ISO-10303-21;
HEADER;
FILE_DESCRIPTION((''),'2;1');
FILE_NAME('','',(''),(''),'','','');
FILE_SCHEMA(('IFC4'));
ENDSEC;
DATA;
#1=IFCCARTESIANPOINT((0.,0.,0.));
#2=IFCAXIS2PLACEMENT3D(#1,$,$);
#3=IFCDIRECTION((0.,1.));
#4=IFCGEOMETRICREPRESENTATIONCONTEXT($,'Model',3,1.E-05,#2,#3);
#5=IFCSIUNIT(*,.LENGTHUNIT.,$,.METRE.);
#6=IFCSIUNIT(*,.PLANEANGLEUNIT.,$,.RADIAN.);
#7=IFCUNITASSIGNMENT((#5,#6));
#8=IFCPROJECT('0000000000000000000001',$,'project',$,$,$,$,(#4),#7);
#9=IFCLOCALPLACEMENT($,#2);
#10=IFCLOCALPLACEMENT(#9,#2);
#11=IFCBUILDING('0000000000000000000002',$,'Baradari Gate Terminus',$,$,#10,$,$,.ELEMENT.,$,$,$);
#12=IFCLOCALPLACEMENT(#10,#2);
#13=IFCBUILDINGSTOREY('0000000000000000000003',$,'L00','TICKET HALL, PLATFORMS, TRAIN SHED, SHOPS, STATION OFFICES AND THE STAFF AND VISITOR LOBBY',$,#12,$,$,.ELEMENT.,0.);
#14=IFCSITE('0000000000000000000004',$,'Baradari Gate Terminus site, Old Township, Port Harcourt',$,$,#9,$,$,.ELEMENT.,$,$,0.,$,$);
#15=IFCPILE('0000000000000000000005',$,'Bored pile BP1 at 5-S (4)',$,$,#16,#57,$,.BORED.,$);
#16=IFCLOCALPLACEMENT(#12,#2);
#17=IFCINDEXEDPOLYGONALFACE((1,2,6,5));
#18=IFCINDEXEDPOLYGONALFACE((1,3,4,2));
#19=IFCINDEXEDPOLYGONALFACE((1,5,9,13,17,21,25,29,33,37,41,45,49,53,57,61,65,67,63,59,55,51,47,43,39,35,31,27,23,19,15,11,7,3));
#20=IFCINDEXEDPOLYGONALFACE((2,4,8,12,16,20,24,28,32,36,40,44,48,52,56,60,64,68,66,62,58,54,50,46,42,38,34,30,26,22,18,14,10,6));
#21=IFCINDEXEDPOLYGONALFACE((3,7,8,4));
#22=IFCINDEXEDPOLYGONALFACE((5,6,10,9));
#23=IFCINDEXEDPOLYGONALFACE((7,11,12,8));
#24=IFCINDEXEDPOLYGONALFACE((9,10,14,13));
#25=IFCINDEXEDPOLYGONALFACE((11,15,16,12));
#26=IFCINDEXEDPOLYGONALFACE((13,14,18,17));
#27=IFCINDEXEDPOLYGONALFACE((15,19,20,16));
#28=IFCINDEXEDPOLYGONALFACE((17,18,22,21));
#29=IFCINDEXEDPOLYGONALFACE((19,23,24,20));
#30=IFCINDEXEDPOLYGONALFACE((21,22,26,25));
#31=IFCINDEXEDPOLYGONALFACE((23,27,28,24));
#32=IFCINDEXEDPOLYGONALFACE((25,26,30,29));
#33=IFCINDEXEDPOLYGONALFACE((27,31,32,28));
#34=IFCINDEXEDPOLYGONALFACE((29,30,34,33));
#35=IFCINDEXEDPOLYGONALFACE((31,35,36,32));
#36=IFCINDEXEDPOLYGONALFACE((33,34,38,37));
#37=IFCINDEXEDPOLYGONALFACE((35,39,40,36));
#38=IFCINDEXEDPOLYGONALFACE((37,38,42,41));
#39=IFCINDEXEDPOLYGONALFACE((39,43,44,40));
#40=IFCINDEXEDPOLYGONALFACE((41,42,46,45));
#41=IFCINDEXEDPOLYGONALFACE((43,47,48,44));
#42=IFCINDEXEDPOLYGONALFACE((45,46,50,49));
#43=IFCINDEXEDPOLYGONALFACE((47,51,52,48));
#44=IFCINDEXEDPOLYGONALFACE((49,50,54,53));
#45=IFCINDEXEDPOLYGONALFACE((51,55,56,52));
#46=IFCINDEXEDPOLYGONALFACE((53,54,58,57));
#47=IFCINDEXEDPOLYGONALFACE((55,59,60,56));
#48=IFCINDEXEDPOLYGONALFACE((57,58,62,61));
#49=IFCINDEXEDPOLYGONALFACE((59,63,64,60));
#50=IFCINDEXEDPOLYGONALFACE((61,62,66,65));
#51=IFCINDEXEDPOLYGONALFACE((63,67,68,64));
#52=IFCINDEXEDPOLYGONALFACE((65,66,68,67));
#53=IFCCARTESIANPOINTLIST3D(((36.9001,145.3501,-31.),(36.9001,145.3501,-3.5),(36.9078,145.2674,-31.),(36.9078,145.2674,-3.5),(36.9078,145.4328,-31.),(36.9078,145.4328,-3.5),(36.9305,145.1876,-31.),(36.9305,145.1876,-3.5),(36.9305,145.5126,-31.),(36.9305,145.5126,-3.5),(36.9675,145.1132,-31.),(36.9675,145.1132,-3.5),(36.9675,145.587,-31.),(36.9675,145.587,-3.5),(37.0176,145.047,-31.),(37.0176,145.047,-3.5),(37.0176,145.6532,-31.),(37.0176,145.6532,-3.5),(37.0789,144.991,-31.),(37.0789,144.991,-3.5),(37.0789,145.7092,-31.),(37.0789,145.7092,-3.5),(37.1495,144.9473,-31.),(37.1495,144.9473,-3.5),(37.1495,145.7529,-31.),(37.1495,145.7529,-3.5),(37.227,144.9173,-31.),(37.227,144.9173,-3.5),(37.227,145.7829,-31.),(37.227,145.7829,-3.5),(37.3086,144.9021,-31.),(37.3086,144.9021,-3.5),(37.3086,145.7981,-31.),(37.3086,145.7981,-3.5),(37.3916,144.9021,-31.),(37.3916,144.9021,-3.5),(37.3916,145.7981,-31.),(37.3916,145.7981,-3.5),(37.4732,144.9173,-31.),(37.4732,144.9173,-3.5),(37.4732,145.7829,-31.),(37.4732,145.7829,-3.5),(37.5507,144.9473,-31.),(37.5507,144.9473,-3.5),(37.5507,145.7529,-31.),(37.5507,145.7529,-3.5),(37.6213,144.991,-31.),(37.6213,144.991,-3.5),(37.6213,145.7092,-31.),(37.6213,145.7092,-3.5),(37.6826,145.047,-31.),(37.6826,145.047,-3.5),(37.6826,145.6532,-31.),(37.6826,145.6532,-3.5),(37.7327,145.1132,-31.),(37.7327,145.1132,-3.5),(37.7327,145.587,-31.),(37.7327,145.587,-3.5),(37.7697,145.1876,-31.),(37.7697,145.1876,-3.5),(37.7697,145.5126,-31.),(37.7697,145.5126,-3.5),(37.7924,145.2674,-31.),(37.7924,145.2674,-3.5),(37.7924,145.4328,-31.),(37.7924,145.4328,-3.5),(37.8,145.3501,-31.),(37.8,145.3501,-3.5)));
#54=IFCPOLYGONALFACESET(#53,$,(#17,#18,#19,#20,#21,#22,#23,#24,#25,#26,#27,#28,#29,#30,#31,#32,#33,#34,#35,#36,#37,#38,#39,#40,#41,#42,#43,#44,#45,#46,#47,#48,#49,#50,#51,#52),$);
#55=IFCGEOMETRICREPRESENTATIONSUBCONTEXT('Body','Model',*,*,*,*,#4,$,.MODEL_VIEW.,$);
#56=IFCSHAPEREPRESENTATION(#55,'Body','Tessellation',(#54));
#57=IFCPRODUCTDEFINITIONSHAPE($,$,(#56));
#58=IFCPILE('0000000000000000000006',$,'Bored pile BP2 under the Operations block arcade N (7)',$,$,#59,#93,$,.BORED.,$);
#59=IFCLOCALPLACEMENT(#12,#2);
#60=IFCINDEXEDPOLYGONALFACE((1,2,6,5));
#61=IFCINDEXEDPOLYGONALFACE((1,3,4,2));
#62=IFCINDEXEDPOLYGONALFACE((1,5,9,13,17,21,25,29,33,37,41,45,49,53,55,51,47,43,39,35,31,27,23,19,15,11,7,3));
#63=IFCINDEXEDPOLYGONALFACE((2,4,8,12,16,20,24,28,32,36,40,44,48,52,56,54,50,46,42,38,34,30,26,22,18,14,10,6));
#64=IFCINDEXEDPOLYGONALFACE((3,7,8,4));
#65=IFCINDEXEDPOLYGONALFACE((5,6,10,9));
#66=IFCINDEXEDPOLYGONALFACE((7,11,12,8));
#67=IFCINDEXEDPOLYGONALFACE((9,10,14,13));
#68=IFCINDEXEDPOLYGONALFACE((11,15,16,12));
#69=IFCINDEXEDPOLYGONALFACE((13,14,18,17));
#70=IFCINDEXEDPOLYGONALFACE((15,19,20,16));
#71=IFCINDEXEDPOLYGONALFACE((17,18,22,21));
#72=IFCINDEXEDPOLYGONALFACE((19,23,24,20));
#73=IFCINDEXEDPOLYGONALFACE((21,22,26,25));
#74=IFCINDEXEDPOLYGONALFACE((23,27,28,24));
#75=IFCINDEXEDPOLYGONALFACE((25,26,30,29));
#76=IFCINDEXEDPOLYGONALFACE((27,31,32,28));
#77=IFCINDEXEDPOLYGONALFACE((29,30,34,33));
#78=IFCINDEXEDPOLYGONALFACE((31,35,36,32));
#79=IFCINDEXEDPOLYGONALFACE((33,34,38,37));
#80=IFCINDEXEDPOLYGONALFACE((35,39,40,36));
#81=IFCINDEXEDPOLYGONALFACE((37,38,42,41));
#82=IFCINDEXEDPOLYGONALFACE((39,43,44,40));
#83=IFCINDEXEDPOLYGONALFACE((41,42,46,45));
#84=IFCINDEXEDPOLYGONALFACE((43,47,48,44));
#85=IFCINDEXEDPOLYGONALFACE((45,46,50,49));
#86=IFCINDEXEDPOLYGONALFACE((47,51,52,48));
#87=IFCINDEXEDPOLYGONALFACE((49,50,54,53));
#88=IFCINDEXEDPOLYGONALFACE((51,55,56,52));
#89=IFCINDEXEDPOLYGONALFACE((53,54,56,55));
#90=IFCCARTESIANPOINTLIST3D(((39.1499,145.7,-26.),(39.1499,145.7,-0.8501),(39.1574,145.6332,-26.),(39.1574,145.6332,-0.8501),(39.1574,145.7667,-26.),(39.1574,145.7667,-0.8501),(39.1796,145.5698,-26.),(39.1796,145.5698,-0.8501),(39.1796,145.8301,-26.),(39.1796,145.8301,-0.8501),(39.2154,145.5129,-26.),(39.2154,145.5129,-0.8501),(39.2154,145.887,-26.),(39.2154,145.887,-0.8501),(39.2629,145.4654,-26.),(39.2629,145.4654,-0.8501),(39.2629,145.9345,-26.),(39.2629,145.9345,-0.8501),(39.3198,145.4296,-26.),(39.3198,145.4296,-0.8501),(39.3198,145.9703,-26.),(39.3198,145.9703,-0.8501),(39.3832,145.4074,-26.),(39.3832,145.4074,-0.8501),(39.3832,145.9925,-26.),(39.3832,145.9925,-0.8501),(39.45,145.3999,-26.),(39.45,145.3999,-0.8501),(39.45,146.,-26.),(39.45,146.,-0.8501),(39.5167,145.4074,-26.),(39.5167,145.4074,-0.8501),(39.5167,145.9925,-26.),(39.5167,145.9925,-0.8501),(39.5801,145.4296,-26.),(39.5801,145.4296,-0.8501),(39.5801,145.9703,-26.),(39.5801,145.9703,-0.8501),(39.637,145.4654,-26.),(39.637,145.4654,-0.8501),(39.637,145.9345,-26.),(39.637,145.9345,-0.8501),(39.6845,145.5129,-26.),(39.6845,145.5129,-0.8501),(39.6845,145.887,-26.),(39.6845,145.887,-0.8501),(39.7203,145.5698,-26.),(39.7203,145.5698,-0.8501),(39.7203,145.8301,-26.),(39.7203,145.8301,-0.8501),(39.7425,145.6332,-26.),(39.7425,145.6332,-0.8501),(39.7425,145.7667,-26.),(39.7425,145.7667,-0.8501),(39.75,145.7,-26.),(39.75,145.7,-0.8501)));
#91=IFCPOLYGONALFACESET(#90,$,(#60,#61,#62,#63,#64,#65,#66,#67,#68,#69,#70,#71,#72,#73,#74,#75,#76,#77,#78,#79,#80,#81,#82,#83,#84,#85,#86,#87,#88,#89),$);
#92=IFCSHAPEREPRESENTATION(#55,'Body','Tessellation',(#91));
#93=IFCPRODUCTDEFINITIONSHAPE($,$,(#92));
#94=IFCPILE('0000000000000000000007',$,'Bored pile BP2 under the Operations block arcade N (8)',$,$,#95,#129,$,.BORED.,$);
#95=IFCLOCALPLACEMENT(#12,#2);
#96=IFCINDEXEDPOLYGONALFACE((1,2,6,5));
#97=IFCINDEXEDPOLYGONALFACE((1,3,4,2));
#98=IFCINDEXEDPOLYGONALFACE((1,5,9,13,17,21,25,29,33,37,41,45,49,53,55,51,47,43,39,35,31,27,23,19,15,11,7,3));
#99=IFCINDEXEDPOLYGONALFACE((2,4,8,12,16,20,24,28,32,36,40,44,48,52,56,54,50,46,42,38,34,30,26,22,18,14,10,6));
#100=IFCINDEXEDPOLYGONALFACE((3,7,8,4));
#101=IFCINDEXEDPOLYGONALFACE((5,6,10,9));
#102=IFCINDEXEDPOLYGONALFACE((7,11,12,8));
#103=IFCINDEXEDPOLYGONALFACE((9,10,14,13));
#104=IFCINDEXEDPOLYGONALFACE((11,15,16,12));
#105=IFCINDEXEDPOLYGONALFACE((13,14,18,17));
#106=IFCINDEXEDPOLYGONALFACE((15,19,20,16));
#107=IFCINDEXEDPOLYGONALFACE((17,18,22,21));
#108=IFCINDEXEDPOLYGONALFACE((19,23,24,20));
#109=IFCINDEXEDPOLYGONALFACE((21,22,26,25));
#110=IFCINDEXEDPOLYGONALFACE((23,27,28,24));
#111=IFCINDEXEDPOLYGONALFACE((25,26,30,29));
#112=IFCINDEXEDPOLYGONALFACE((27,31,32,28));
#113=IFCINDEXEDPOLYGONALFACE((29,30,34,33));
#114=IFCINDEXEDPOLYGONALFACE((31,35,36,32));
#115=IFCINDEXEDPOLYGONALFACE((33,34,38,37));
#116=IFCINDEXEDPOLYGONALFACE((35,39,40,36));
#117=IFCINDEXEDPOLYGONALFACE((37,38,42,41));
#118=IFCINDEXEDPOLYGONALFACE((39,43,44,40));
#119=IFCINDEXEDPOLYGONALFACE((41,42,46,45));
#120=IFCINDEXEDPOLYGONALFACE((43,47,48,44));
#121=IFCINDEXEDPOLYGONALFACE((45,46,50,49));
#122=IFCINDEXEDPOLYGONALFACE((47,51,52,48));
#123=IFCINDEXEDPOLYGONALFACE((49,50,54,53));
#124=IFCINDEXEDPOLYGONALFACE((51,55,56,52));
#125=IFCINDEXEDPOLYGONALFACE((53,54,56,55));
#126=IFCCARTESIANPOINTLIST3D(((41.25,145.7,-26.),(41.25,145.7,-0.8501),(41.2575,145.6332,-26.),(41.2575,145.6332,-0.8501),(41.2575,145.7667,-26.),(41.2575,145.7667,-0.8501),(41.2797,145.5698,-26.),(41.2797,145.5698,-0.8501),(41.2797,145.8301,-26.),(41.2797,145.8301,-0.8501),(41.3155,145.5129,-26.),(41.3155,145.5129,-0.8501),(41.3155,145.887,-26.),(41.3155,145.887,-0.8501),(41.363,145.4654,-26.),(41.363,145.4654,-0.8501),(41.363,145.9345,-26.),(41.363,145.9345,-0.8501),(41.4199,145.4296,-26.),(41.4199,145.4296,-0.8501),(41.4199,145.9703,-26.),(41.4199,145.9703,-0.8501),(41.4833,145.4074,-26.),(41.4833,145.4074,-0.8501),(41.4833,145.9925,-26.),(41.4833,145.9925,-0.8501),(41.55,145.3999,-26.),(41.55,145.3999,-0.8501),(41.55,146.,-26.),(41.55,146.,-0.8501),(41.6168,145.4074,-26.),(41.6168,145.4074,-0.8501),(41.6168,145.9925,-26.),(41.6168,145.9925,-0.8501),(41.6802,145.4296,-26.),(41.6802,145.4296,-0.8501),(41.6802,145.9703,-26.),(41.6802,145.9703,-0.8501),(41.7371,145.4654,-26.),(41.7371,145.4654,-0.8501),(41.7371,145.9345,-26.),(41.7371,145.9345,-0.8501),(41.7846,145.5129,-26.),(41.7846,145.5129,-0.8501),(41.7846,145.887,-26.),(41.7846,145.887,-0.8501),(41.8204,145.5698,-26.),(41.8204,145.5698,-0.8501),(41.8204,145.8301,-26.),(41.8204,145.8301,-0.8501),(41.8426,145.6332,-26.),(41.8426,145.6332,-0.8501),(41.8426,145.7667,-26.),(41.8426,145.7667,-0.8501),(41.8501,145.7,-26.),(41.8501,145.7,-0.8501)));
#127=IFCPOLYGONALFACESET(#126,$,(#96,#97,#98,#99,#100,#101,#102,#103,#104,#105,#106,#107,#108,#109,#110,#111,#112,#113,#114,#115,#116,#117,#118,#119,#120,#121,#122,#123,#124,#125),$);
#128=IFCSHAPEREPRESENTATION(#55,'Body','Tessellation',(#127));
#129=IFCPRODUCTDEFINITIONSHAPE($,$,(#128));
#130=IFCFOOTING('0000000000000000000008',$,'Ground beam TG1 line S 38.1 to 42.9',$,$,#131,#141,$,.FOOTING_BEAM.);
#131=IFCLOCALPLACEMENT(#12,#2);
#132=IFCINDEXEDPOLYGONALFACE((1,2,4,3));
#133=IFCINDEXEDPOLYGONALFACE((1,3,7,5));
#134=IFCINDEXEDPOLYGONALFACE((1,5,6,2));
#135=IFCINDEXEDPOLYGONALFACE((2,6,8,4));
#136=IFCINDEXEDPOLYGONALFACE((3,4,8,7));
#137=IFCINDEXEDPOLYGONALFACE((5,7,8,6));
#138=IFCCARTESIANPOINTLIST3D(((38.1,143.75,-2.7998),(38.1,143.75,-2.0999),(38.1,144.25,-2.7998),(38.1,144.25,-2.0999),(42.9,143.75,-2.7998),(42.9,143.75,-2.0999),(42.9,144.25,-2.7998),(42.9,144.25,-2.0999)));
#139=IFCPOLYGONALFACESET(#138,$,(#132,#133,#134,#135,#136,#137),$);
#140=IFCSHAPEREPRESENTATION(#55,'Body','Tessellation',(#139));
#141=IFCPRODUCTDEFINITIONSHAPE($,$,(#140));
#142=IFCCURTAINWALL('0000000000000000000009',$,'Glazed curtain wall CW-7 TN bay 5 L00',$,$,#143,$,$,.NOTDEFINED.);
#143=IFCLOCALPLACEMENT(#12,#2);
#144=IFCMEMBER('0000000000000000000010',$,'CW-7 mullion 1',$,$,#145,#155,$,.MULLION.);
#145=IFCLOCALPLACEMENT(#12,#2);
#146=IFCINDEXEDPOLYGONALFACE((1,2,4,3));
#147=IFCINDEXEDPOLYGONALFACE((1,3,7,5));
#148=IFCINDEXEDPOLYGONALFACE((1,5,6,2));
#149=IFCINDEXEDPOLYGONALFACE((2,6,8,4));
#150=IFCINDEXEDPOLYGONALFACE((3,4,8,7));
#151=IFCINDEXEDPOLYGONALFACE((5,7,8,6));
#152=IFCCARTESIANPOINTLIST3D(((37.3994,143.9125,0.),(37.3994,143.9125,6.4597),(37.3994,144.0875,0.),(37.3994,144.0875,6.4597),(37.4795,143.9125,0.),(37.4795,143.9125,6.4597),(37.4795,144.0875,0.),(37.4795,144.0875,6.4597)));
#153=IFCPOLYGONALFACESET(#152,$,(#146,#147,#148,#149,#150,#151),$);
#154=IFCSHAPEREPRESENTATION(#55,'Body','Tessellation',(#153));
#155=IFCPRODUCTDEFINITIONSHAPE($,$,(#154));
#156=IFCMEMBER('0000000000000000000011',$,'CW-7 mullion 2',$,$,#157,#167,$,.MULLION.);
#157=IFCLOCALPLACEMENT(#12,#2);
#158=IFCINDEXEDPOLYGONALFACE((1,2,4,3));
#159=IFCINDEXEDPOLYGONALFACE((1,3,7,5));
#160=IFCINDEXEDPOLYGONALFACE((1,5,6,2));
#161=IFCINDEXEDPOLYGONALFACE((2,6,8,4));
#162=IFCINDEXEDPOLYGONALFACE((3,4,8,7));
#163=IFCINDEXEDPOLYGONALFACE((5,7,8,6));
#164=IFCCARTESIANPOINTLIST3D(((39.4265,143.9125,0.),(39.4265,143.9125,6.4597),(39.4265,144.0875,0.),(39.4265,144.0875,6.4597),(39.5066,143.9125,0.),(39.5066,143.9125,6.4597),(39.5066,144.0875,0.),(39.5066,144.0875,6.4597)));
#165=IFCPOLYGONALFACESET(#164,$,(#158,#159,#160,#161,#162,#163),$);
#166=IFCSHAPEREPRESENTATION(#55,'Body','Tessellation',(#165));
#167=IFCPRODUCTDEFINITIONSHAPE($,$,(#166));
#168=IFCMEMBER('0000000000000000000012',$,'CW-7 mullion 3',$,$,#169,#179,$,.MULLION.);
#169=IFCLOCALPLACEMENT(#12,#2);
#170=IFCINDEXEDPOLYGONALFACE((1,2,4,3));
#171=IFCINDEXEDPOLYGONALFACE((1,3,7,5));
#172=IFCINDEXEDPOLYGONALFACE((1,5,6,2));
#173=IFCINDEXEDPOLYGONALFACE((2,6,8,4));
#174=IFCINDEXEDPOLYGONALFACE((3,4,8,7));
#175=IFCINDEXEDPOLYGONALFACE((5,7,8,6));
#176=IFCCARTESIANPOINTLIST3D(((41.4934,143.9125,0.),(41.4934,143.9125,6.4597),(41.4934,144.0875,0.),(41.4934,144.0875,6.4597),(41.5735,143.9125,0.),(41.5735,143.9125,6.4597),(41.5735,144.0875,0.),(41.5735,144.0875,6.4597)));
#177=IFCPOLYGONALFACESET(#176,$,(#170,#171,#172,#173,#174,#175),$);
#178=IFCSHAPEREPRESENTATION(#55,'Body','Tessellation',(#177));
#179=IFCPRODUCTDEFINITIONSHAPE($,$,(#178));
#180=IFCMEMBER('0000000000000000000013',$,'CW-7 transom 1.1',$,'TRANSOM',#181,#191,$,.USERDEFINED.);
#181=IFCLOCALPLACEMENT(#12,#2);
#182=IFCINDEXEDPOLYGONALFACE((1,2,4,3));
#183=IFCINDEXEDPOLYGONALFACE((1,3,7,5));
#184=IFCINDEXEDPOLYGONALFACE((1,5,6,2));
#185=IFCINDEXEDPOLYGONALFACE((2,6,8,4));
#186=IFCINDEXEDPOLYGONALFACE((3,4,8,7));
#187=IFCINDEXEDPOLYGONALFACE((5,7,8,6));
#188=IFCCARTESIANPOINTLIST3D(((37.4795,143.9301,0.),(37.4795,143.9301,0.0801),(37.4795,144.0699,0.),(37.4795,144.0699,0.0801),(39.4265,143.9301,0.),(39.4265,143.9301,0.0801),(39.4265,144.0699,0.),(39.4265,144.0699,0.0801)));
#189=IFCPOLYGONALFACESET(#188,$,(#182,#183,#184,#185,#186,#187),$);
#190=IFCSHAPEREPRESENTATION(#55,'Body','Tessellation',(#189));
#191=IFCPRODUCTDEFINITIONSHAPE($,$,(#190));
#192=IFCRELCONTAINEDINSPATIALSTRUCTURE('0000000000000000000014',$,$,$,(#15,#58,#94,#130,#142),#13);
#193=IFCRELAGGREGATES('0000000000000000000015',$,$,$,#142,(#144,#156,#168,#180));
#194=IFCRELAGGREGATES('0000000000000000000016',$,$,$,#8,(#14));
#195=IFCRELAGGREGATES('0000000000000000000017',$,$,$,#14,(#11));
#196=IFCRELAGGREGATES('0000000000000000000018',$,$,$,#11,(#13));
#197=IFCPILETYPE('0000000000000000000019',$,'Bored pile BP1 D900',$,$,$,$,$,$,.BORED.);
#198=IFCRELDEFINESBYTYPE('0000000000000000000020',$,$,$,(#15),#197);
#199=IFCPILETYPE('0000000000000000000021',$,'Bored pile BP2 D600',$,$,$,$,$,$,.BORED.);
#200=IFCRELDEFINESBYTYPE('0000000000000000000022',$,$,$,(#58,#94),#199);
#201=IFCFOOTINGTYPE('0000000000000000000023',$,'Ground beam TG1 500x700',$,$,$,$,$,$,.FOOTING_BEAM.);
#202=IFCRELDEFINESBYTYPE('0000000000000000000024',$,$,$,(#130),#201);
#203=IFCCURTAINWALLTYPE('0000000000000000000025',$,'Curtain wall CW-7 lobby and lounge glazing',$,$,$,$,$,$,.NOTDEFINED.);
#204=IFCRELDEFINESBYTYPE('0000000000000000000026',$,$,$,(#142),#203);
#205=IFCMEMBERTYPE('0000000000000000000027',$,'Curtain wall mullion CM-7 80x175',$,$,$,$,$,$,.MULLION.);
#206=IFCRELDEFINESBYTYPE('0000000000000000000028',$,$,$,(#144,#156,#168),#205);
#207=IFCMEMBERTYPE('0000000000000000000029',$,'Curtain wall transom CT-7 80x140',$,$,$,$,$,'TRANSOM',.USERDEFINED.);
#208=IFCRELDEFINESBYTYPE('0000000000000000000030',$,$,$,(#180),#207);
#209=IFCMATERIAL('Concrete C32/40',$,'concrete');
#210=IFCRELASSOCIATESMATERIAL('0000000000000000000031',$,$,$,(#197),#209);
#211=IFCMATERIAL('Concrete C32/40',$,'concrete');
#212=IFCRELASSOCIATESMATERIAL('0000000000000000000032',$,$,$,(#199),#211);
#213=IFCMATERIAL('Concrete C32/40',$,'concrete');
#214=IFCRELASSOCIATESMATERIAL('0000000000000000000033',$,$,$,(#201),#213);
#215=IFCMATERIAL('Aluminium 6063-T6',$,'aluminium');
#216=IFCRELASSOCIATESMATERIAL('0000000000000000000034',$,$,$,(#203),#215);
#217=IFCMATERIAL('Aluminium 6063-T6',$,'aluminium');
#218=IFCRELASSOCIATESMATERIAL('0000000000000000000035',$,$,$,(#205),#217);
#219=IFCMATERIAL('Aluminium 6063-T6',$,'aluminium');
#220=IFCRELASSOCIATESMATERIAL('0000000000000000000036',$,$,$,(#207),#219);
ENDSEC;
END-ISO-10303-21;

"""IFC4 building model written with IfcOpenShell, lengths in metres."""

from ifc_helpers import new_model, si_unit, direction, frame, origin, origin_2d, place, context, subcontext, project, spatial, rectangle, circle, extrude, material, material_profile, profile_set, type_object, element, aggregate, save


model = new_model("IFC4")

# Units and contexts
model_context = context("Model", 3, precision=1e-05, world=origin(), true_north=direction((0.0, 1.0)))
body_context = subcontext(model_context, "Body", "Model", "MODEL_VIEW")
ifc_project = project(units=[si_unit("LENGTHUNIT", "METRE"), si_unit("PLANEANGLEUNIT", "RADIAN")], contexts=[model_context])

# Site, building, storey
site_placement = place(None, origin())
site = spatial("IfcSite", under=ifc_project, at=site_placement, Name="Baradari Gate Terminus site, Old Township, Port Harcourt", CompositionType="ELEMENT", RefElevation=0.0)
building_placement = place(site_placement, origin())
building = spatial("IfcBuilding", under=site, at=building_placement, Name="Baradari Gate Terminus", CompositionType="ELEMENT")
storey_placement = place(building_placement, origin())
storey = spatial("IfcBuildingStorey", under=building, at=storey_placement, Name="L00", Description="TICKET HALL, PLATFORMS, TRAIN SHED, SHOPS, STATION OFFICES AND THE STAFF AND VISITOR LOBBY", CompositionType="ELEMENT", Elevation=0.0)

# Piles
ifc_material_1 = material(Name="Concrete C32/40", Category="concrete")
pile_type_1 = type_object("IfcPileType", Name="Bored pile BP1 D900", PredefinedType="BORED", material=ifc_material_1)
pile_placement = place(storey_placement, frame((37.3501, 145.3501, -3.5), z_axis=(0.0, 0.0, -1.0), x_axis=(1.0, 0.0, 0.0)))
element("IfcPile", 1, at=pile_placement, inside=storey, type_object=pile_type_1, Name="Bored pile BP1 at 5-S (4)", PredefinedType="BORED", context=body_context, shape_type="SweptSolid", body=[
    extrude(circle(Radius=0.45, at=origin_2d()), origin(), (0.0, 0.0, 1.0), 27.5),
])
ifc_material_2 = material(Name="Concrete C32/40", Category="concrete")
pile_type_2 = type_object("IfcPileType", Name="Bored pile BP2 D600", PredefinedType="BORED", material=ifc_material_2)
for number, where, z_axis, x_axis, name in (
    (2, (39.45, 145.7, -0.8501), (0.0, 0.0, -1.0), (1.0, 0.0, 0.0), "Bored pile BP2 under the Operations block arcade N (7)"),
    (3, (41.55, 145.7, -0.8501), (0.0, 0.0, -1.0), (1.0, 0.0, 0.0), "Bored pile BP2 under the Operations block arcade N (8)"),
):
    element("IfcPile", number, at=place(storey_placement, frame(where, z_axis=z_axis, x_axis=x_axis)), inside=storey, type_object=pile_type_2, Name=name, PredefinedType="BORED", context=body_context, shape_type="SweptSolid", body=[
        extrude(circle(Radius=0.3, at=origin_2d()), origin(), (0.0, 0.0, 1.0), 25.1499),
    ])

# Footing
ifc_material_3 = material(Name="Concrete C32/40", Category="concrete")
footing_type = type_object("IfcFootingType", Name="Ground beam TG1 500x700", PredefinedType="FOOTING_BEAM", material=ifc_material_3)
footing_placement = place(storey_placement, frame((40.5, 144.0, -2.7998), z_axis=(0.0, 0.0, 1.0), x_axis=(1.0, 0.0, 0.0)))
element("IfcFooting", 4, at=footing_placement, inside=storey, type_object=footing_type, Name="Ground beam TG1 line S 38.1 to 42.9", PredefinedType="FOOTING_BEAM", context=body_context, shape_type="SweptSolid", body=[
    extrude(rectangle(XDim=4.8, YDim=0.5, at=origin_2d()), origin(), (0.0, 0.0, 1.0), 0.7),
])

# Curtain wall, members
ifc_material_4 = material(Name="Aluminium 6063-T6", Category="aluminium")
curtain_wall_type = type_object("IfcCurtainWallType", Name="Curtain wall CW-7 lobby and lounge glazing", PredefinedType="NOTDEFINED", material=ifc_material_4)
curtain_wall_placement = place(storey_placement, origin())
curtain_wall = element("IfcCurtainWall", 5, at=curtain_wall_placement, inside=storey, type_object=curtain_wall_type, Name="Glazed curtain wall CW-7 TN bay 5 L00", PredefinedType="NOTDEFINED")
ifc_material_5 = material(Name="Aluminium 6063-T6", Category="aluminium")
ifc_material_profile_1 = material_profile(ifc_material_5, rectangle(XDim=0.175, YDim=0.0801, at=origin_2d()), Name="CM-7 80X175")
ifc_profile_set_1 = profile_set([ifc_material_profile_1], Name="Aluminium 6063-T6")
member_type_1 = type_object("IfcMemberType", Name="Curtain wall mullion CM-7 80x175", PredefinedType="MULLION", material=ifc_profile_set_1)
member_1_placement = place(storey_placement, frame((37.4395, 144.0, 0.0), z_axis=(0.0, 0.0, 1.0), x_axis=(0.0, 1.0, 0.0)))
member_1 = element("IfcMember", 6, at=member_1_placement, type_object=member_type_1, Name="CW-7 mullion 1", PredefinedType="MULLION", context=body_context, shape_type="SweptSolid", body=[
    extrude(rectangle(XDim=0.175, YDim=0.0801, at=origin_2d()), origin(), (0.0, 0.0, 1.0), 6.4597),
])
member_2_placement = place(storey_placement, frame((39.4666, 144.0, 0.0), z_axis=(0.0, 0.0, 1.0), x_axis=(0.0, 1.0, 0.0)))
member_2 = element("IfcMember", 7, at=member_2_placement, type_object=member_type_1, Name="CW-7 mullion 2", PredefinedType="MULLION", context=body_context, shape_type="SweptSolid", body=[
    extrude(rectangle(XDim=0.175, YDim=0.0801, at=origin_2d()), origin(), (0.0, 0.0, 1.0), 6.4597),
])
member_3_placement = place(storey_placement, frame((41.5334, 144.0, 0.0), z_axis=(0.0, 0.0, 1.0), x_axis=(0.0, 1.0, 0.0)))
member_3 = element("IfcMember", 8, at=member_3_placement, type_object=member_type_1, Name="CW-7 mullion 3", PredefinedType="MULLION", context=body_context, shape_type="SweptSolid", body=[
    extrude(rectangle(XDim=0.175, YDim=0.0801, at=origin_2d()), origin(), (0.0, 0.0, 1.0), 6.4597),
])
ifc_material_6 = material(Name="Aluminium 6063-T6", Category="aluminium")
ifc_material_profile_2 = material_profile(ifc_material_6, rectangle(XDim=0.1399, YDim=0.0801, at=origin_2d()), Name="CT-7 80X140")
ifc_profile_set_2 = profile_set([ifc_material_profile_2], Name="Aluminium 6063-T6")
member_type_2 = type_object("IfcMemberType", Name="Curtain wall transom CT-7 80x140", ElementType="TRANSOM", PredefinedType="USERDEFINED", material=ifc_profile_set_2)
member_4_placement = place(storey_placement, frame((37.4795, 144.0, 0.04), z_axis=(1.0, 0.0, 0.0), x_axis=(0.0, 1.0, 0.0)))
member_4 = element("IfcMember", 9, at=member_4_placement, type_object=member_type_2, Name="CW-7 transom 1.1", ObjectType="TRANSOM", PredefinedType="USERDEFINED", context=body_context, shape_type="SweptSolid", body=[
    extrude(rectangle(XDim=0.1399, YDim=0.0801, at=origin_2d()), origin(), (0.0, 0.0, 1.0), 1.947),
])
aggregate(curtain_wall, [member_1, member_2, member_3, member_4])

save(model, "model.ifc")
